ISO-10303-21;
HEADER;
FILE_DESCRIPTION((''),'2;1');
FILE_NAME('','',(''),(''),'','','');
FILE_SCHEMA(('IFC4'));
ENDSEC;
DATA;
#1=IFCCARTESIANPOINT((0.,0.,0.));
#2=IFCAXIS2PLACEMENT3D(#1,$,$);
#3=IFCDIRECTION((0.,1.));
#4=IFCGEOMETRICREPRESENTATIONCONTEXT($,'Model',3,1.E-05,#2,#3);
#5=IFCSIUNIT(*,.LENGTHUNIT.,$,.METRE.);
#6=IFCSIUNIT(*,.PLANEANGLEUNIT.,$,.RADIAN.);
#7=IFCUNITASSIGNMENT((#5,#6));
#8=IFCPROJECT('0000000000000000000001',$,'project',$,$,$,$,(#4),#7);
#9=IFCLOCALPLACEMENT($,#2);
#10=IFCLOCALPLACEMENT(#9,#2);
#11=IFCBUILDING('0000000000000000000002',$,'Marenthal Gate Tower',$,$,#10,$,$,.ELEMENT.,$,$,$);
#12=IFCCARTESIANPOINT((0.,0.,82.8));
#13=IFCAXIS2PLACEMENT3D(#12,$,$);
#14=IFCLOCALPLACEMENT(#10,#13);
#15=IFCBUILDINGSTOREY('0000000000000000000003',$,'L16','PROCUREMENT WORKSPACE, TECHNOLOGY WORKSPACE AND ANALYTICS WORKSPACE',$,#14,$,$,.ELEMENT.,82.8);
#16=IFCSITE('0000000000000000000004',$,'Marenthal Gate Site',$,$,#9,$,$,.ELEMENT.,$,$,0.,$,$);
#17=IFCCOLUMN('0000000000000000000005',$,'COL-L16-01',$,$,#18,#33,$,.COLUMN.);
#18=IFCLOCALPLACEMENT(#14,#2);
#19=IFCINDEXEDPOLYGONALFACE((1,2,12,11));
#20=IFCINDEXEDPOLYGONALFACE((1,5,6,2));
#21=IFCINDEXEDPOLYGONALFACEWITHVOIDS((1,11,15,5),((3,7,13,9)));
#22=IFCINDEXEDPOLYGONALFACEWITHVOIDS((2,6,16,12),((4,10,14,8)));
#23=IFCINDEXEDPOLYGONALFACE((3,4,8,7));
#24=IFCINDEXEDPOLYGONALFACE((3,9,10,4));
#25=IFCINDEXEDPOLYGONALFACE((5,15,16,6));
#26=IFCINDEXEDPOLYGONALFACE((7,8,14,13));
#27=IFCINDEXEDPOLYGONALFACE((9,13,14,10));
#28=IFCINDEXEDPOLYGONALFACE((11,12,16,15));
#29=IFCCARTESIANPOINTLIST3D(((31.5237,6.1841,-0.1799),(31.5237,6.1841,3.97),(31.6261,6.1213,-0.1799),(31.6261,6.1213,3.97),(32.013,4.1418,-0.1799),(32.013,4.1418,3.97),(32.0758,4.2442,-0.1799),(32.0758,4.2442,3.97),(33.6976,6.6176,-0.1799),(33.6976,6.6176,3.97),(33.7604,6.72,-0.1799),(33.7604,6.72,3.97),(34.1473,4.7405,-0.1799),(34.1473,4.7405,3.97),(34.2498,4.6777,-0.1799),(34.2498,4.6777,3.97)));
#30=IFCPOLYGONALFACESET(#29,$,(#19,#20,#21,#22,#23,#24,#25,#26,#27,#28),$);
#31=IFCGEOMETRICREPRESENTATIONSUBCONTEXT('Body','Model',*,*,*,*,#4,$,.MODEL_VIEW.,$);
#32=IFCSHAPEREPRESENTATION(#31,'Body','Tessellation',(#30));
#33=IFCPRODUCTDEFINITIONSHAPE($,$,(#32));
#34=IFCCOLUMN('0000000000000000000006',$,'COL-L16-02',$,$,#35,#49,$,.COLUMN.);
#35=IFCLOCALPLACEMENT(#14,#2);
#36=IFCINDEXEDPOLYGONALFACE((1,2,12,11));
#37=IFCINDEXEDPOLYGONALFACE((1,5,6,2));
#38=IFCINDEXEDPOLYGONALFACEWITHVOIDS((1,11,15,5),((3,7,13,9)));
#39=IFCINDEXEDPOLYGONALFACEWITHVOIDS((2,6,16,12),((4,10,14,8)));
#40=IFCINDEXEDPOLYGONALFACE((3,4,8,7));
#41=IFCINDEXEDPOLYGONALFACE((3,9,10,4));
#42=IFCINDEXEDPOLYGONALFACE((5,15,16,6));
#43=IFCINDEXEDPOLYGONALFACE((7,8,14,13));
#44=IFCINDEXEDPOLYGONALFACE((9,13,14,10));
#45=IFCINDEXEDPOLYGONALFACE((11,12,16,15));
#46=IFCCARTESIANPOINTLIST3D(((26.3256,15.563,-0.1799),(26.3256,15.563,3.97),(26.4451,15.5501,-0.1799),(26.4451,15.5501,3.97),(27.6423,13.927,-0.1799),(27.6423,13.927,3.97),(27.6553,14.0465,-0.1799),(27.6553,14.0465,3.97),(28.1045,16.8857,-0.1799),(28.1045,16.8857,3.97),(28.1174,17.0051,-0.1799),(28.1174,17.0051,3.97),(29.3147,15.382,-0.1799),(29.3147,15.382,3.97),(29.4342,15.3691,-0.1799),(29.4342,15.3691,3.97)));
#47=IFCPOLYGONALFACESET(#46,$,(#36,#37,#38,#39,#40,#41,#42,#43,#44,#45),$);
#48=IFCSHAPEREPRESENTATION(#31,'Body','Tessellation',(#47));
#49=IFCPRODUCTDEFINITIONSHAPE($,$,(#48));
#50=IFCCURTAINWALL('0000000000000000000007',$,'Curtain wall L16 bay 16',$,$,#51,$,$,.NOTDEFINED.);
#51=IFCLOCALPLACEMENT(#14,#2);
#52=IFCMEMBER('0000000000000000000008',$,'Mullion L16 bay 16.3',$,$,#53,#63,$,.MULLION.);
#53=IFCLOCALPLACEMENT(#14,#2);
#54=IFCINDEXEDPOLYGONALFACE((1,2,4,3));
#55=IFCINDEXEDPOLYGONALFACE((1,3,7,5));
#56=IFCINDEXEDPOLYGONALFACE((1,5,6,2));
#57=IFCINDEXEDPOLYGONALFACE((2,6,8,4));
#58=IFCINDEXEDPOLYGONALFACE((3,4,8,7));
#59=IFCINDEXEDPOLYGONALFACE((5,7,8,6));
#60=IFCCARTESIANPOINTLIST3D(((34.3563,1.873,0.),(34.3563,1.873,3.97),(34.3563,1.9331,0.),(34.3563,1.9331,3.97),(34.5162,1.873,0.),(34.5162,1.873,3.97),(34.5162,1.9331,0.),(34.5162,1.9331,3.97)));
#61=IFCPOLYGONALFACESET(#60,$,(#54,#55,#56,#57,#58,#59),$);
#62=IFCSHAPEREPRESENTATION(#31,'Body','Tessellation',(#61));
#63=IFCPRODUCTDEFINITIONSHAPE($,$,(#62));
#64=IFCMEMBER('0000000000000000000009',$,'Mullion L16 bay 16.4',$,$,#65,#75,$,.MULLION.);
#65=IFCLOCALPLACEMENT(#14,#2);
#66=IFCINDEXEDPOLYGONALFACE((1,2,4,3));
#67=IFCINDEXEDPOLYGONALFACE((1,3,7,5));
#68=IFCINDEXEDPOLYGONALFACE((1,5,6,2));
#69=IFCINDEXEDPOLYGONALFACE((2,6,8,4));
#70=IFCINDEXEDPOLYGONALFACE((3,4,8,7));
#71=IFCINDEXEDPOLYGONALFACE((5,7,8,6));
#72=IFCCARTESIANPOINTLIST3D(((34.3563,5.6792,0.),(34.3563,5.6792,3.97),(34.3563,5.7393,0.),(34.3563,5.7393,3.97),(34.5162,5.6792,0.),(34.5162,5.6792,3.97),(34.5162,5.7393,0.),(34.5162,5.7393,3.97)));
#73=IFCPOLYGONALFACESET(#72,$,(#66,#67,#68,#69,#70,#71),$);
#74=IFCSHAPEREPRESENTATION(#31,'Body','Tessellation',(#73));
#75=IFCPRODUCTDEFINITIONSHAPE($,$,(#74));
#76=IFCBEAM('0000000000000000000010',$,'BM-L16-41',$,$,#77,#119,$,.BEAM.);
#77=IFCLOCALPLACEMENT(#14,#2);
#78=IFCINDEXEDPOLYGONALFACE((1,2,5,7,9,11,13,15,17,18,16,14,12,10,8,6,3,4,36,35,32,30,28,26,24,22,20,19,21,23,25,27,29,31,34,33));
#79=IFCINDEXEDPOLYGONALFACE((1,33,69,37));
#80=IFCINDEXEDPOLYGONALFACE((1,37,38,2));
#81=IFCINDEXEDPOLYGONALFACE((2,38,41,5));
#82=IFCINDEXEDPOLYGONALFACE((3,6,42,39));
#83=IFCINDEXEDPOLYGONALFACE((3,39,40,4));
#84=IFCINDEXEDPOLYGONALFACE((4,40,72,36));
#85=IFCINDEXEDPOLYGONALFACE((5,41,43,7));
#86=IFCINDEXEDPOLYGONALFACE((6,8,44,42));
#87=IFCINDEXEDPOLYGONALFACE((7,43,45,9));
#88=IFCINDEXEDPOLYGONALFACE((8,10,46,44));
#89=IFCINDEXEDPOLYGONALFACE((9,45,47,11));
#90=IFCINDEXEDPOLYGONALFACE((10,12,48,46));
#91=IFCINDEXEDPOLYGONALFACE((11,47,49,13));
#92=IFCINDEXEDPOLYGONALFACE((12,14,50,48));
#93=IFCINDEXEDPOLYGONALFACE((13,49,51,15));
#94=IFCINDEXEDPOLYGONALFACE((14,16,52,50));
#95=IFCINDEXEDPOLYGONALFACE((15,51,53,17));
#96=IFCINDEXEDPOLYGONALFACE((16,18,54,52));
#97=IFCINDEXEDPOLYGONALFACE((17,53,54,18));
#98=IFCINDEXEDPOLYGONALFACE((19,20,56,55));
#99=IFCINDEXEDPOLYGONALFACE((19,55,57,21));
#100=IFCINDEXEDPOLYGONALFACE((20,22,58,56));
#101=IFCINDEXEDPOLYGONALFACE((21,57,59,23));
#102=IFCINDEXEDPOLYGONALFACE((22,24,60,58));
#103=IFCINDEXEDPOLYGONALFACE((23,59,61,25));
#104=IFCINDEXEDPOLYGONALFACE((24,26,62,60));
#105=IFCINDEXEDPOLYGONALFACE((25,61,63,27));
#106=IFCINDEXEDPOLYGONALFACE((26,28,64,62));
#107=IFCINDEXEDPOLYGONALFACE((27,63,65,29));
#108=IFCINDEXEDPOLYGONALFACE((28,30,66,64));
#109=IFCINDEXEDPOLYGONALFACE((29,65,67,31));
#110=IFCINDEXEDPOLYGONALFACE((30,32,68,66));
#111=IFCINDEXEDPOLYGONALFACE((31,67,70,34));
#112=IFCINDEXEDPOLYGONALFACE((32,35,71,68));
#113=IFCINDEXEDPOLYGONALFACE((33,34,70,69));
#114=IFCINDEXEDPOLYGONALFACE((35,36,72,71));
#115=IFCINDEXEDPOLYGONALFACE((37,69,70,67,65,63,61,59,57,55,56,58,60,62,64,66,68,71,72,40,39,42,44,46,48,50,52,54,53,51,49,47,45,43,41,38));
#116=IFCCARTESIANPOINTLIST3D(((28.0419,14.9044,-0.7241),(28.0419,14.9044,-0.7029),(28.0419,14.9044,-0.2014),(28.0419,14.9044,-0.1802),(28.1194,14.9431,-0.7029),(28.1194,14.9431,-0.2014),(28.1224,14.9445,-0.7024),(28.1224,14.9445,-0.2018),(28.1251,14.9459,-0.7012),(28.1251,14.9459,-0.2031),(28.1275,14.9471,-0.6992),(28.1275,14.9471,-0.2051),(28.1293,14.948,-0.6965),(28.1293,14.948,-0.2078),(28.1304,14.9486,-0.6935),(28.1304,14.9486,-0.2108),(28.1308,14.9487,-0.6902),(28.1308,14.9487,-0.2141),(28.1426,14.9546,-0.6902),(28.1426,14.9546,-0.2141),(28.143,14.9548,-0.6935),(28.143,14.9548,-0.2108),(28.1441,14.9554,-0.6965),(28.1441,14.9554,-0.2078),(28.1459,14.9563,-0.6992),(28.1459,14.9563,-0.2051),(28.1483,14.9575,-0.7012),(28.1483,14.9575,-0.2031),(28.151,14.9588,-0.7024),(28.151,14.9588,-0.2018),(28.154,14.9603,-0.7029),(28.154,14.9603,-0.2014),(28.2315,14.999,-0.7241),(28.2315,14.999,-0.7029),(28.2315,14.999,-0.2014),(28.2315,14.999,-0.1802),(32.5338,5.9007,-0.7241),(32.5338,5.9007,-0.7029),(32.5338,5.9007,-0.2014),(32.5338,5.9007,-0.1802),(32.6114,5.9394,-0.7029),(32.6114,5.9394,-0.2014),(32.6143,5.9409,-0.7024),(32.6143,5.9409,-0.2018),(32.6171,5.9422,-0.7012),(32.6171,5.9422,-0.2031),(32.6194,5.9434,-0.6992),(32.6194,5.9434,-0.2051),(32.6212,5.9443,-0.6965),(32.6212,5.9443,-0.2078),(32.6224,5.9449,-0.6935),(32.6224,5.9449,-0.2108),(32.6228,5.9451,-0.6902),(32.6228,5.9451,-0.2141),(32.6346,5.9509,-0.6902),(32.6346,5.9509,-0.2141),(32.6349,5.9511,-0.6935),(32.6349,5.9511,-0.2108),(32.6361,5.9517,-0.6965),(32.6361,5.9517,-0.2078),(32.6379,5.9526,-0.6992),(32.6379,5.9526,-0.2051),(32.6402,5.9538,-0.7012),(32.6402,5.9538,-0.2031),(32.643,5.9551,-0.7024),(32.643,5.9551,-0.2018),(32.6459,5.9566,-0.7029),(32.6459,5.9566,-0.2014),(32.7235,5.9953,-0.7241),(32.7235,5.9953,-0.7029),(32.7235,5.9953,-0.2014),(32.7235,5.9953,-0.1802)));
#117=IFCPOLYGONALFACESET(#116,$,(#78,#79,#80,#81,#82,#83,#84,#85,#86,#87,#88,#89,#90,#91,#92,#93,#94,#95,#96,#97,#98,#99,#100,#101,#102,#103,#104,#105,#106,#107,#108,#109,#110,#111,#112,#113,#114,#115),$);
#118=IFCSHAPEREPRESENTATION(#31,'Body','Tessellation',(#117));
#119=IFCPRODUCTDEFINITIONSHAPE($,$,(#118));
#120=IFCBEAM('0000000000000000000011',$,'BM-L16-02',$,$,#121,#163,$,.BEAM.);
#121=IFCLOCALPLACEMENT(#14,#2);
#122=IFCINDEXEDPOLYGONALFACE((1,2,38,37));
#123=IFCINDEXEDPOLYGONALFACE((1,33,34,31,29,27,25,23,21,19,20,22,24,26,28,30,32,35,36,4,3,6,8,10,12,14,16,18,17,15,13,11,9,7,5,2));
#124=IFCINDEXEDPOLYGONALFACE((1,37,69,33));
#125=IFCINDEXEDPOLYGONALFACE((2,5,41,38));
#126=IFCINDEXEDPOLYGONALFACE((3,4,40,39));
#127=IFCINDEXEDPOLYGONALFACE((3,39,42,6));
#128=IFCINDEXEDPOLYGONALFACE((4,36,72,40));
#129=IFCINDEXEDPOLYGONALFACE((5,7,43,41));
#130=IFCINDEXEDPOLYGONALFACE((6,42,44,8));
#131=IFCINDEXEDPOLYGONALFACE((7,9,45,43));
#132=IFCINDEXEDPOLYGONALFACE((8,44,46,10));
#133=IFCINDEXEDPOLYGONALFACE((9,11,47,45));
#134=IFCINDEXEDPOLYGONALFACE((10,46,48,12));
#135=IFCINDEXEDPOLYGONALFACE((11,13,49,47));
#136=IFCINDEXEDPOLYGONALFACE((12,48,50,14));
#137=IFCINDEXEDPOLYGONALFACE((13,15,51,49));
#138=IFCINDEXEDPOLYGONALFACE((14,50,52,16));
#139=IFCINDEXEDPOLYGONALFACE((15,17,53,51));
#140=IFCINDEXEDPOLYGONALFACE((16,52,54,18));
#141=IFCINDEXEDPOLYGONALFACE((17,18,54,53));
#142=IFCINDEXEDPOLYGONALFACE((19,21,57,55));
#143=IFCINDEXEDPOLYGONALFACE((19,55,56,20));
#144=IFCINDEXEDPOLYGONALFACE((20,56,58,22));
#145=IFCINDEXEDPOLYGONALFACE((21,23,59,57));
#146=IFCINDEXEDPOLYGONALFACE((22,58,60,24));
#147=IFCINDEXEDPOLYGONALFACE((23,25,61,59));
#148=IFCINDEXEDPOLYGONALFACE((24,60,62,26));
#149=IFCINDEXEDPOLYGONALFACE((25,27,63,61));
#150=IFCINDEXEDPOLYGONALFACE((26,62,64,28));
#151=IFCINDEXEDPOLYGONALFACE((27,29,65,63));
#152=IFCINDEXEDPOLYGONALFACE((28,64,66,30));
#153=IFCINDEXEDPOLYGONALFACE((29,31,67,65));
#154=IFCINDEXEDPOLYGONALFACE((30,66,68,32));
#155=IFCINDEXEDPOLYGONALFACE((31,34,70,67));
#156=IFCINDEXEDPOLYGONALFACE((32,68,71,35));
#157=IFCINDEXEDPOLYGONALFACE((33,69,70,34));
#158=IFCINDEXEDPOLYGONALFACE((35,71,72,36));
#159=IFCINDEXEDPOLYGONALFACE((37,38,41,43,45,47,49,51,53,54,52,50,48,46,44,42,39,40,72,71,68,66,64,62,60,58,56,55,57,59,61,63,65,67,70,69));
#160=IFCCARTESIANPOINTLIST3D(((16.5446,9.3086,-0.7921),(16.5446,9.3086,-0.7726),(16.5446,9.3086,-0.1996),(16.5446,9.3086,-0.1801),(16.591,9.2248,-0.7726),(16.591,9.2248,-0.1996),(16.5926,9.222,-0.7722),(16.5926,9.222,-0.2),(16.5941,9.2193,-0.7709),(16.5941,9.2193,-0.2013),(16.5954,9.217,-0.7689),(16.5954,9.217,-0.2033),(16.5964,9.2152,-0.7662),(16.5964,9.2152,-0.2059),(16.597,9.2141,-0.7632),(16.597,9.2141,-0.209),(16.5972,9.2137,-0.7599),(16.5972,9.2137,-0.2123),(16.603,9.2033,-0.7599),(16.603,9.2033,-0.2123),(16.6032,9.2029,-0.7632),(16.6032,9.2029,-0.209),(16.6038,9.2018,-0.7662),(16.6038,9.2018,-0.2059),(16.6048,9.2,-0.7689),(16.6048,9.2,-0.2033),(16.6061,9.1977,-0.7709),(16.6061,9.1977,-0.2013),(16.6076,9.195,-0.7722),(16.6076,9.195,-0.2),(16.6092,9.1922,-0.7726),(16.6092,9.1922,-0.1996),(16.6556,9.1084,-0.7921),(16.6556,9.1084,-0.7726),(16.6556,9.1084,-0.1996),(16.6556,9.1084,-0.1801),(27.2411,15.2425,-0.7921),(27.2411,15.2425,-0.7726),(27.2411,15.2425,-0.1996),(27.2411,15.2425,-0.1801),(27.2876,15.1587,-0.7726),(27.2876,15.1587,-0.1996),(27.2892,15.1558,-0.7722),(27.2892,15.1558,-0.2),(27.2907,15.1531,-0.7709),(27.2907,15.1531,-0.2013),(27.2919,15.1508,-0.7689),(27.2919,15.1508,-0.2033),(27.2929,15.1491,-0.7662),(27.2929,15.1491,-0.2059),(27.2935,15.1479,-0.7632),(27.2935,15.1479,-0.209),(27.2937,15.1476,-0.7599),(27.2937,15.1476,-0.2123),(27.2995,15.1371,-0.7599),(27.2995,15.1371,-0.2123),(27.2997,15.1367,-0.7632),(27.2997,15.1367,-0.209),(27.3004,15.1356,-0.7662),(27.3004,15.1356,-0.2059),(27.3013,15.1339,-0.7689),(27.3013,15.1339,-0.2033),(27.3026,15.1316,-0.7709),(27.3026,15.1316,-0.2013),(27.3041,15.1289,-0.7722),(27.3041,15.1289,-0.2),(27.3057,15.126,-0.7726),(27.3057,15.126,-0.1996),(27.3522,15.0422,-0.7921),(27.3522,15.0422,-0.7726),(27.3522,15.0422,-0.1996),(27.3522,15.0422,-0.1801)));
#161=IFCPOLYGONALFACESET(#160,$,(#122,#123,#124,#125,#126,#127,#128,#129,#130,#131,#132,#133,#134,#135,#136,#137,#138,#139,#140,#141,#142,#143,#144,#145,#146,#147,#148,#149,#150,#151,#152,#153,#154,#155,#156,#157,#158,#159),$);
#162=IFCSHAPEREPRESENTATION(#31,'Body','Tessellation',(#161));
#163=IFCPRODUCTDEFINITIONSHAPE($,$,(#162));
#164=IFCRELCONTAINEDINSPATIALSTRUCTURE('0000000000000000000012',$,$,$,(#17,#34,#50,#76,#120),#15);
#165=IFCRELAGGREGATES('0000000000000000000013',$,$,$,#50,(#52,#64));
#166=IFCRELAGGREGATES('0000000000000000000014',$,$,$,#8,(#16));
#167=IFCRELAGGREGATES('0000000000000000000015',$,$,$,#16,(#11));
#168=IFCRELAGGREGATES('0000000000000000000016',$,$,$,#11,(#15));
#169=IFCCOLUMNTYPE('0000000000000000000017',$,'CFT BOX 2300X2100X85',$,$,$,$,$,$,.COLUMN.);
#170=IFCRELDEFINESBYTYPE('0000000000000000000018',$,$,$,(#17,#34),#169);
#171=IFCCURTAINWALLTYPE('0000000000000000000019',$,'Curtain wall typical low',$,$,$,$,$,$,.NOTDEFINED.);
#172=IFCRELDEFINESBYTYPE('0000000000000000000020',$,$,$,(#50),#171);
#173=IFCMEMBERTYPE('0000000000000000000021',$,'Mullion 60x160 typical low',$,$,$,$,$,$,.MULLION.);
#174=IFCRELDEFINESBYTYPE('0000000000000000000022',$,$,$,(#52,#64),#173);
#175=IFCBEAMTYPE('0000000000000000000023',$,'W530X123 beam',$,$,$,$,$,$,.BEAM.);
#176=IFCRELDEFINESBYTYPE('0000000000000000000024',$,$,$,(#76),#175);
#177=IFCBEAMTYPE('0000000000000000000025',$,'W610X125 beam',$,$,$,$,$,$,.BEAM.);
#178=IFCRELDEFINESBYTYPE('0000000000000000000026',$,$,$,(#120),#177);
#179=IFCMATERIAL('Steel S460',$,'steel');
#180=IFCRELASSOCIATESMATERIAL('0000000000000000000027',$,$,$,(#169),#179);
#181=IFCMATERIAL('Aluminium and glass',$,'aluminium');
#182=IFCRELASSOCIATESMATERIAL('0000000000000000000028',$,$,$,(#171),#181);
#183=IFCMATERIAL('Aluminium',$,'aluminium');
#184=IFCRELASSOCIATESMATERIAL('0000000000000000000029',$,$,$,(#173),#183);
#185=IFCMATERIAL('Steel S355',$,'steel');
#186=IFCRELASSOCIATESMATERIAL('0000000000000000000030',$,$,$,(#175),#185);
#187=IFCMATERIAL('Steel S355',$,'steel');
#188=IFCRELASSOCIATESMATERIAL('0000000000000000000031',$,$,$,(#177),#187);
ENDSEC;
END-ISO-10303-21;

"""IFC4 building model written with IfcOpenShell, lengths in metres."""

from ifc_helpers import new_model, si_unit, direction, frame, origin, origin_2d, place, context, subcontext, project, spatial, rectangle, hollow_rectangle, i_section, extrude, material, material_profile, profile_set, type_object, element, aggregate, save


model = new_model("IFC4")

# Units and contexts
model_context = context("Model", 3, precision=1e-05, world=origin(), true_north=direction((0.0, 1.0)))
body_context = subcontext(model_context, "Body", "Model", "MODEL_VIEW")
ifc_project = project(units=[si_unit("LENGTHUNIT", "METRE"), si_unit("PLANEANGLEUNIT", "RADIAN")], contexts=[model_context])

# Site, building, storey
site_placement = place(None, origin())
site = spatial("IfcSite", under=ifc_project, at=site_placement, Name="Marenthal Gate Site", CompositionType="ELEMENT", RefElevation=0.0)
building_placement = place(site_placement, origin())
building = spatial("IfcBuilding", under=site, at=building_placement, Name="Marenthal Gate Tower", CompositionType="ELEMENT")
storey_placement = place(building_placement, frame((0.0, 0.0, 82.8)))
storey = spatial("IfcBuildingStorey", under=building, at=storey_placement, Name="L16", Description="PROCUREMENT WORKSPACE, TECHNOLOGY WORKSPACE AND ANALYTICS WORKSPACE", CompositionType="ELEMENT", Elevation=82.8)

# Columns
ifc_material_1 = material(Name="Steel S460", Category="steel")
ifc_material_profile_1 = material_profile(ifc_material_1, hollow_rectangle(XDim=2.1001, YDim=2.3, WallThickness=0.085, at=origin_2d()), Name="CFT BOX 2300X2100X85")
ifc_material_2 = material(Name="Concrete 70 MPa", Category="concrete")
ifc_material_profile_2 = material_profile(ifc_material_2, rectangle(XDim=1.9299, YDim=2.1299, at=origin_2d()), Name="CFT BOX 2300X2100X85 INFILL")
ifc_profile_set_1 = profile_set([ifc_material_profile_1, ifc_material_profile_2], Name="Steel S460 shell, Concrete 70 MPa infill")
column_type = type_object("IfcColumnType", Name="CFT BOX 2300X2100X85", PredefinedType="COLUMN", material=ifc_profile_set_1)
for number, where, z_axis, x_axis, name in (
    (1, (32.8867, 5.4309, -0.1799), (0.0, 0.0, 1.0), (0.232997, -0.972477, 0.0), "COL-L16-01"),
    (2, (27.8799, 15.4661, -0.1799), (0.0, 0.0, 1.0), (0.626985, -0.779032, 0.0), "COL-L16-02"),
):
    element("IfcColumn", number, at=place(storey_placement, frame(where, z_axis=z_axis, x_axis=x_axis)), inside=storey, type_object=column_type, Name=name, PredefinedType="COLUMN", context=body_context, shape_type="SweptSolid", body=[
        extrude(hollow_rectangle(XDim=2.1001, YDim=2.3, WallThickness=0.085, at=origin_2d()), origin(), (0.0, 0.0, 1.0), 4.1499),
    ])

# Curtain wall, members
ifc_material_3 = material(Name="Aluminium and glass", Category="aluminium")
curtain_wall_type = type_object("IfcCurtainWallType", Name="Curtain wall typical low", PredefinedType="NOTDEFINED", material=ifc_material_3)
curtain_wall_placement = place(storey_placement, origin())
curtain_wall = element("IfcCurtainWall", 3, at=curtain_wall_placement, inside=storey, type_object=curtain_wall_type, Name="Curtain wall L16 bay 16", PredefinedType="NOTDEFINED")
ifc_material_4 = material(Name="Aluminium", Category="aluminium")
ifc_material_profile_3 = material_profile(ifc_material_4, rectangle(XDim=0.1599, YDim=0.0601, at=origin_2d()), Name="60x160 aluminium mullion")
ifc_profile_set_2 = profile_set([ifc_material_profile_3], Name="Aluminium")
member_type = type_object("IfcMemberType", Name="Mullion 60x160 typical low", PredefinedType="MULLION", material=ifc_profile_set_2)
member_1_placement = place(storey_placement, frame((34.4363, 1.9031, 0.0), z_axis=(0.0, 0.0, 1.0), x_axis=(-1.0, 0.0, 0.0)))
member_1 = element("IfcMember", 4, at=member_1_placement, type_object=member_type, Name="Mullion L16 bay 16.3", PredefinedType="MULLION", context=body_context, shape_type="SweptSolid", body=[
    extrude(rectangle(XDim=0.1599, YDim=0.0601, at=origin_2d()), origin(), (0.0, 0.0, 1.0), 3.97),
])
member_2_placement = place(storey_placement, frame((34.4363, 5.7092, 0.0), z_axis=(0.0, 0.0, 1.0), x_axis=(-1.0, 0.0, 0.0)))
member_2 = element("IfcMember", 5, at=member_2_placement, type_object=member_type, Name="Mullion L16 bay 16.4", PredefinedType="MULLION", context=body_context, shape_type="SweptSolid", body=[
    extrude(rectangle(XDim=0.1599, YDim=0.0601, at=origin_2d()), origin(), (0.0, 0.0, 1.0), 3.97),
])

# Beams
ifc_material_5 = material(Name="Steel S355", Category="steel")
ifc_material_profile_4 = material_profile(ifc_material_5, i_section(OverallWidth=0.2119, OverallDepth=0.5439, WebThickness=0.0132, FlangeThickness=0.0212, FilletRadius=0.0127, at=origin_2d()), Name="W530X123")
ifc_profile_set_3 = profile_set([ifc_material_profile_4], Name="Steel S355")
beam_type_1 = type_object("IfcBeamType", Name="W530X123 beam", PredefinedType="BEAM", material=ifc_profile_set_3)
beam_1_placement = place(storey_placement, frame((32.6287, 5.948, -0.4521), z_axis=(-0.446427, 0.89482, 0.0), x_axis=(-0.89482, -0.446427, 0.0)))
element("IfcBeam", 6, at=beam_1_placement, inside=storey, type_object=beam_type_1, Name="BM-L16-41", PredefinedType="BEAM", context=body_context, shape_type="SweptSolid", body=[
    extrude(i_section(OverallWidth=0.2119, OverallDepth=0.5439, WebThickness=0.0132, FlangeThickness=0.0212, FilletRadius=0.0127, at=origin_2d()), origin(), (0.0, 0.0, 1.0), 10.062),
])
ifc_material_6 = material(Name="Steel S355", Category="steel")
ifc_material_profile_5 = material_profile(ifc_material_6, i_section(OverallWidth=0.229, OverallDepth=0.6121, WebThickness=0.012, FlangeThickness=0.0195, FilletRadius=0.0127, at=origin_2d()), Name="W610X125")
ifc_profile_set_4 = profile_set([ifc_material_profile_5], Name="Steel S355")
beam_type_2 = type_object("IfcBeamType", Name="W610X125 beam", PredefinedType="BEAM", material=ifc_profile_set_4)
beam_2_placement = place(storey_placement, frame((27.2966, 15.1423, -0.4861), z_axis=(-0.874458, -0.485101, 0.0), x_axis=(0.485101, -0.874458, 0.0)))
element("IfcBeam", 7, at=beam_2_placement, inside=storey, type_object=beam_type_2, Name="BM-L16-02", PredefinedType="BEAM", context=body_context, shape_type="SweptSolid", body=[
    extrude(i_section(OverallWidth=0.229, OverallDepth=0.6121, WebThickness=0.012, FlangeThickness=0.0195, FilletRadius=0.0127, at=origin_2d()), origin(), (0.0, 0.0, 1.0), 12.2322),
])

aggregate(curtain_wall, [member_1, member_2])

save(model, "model.ifc")
